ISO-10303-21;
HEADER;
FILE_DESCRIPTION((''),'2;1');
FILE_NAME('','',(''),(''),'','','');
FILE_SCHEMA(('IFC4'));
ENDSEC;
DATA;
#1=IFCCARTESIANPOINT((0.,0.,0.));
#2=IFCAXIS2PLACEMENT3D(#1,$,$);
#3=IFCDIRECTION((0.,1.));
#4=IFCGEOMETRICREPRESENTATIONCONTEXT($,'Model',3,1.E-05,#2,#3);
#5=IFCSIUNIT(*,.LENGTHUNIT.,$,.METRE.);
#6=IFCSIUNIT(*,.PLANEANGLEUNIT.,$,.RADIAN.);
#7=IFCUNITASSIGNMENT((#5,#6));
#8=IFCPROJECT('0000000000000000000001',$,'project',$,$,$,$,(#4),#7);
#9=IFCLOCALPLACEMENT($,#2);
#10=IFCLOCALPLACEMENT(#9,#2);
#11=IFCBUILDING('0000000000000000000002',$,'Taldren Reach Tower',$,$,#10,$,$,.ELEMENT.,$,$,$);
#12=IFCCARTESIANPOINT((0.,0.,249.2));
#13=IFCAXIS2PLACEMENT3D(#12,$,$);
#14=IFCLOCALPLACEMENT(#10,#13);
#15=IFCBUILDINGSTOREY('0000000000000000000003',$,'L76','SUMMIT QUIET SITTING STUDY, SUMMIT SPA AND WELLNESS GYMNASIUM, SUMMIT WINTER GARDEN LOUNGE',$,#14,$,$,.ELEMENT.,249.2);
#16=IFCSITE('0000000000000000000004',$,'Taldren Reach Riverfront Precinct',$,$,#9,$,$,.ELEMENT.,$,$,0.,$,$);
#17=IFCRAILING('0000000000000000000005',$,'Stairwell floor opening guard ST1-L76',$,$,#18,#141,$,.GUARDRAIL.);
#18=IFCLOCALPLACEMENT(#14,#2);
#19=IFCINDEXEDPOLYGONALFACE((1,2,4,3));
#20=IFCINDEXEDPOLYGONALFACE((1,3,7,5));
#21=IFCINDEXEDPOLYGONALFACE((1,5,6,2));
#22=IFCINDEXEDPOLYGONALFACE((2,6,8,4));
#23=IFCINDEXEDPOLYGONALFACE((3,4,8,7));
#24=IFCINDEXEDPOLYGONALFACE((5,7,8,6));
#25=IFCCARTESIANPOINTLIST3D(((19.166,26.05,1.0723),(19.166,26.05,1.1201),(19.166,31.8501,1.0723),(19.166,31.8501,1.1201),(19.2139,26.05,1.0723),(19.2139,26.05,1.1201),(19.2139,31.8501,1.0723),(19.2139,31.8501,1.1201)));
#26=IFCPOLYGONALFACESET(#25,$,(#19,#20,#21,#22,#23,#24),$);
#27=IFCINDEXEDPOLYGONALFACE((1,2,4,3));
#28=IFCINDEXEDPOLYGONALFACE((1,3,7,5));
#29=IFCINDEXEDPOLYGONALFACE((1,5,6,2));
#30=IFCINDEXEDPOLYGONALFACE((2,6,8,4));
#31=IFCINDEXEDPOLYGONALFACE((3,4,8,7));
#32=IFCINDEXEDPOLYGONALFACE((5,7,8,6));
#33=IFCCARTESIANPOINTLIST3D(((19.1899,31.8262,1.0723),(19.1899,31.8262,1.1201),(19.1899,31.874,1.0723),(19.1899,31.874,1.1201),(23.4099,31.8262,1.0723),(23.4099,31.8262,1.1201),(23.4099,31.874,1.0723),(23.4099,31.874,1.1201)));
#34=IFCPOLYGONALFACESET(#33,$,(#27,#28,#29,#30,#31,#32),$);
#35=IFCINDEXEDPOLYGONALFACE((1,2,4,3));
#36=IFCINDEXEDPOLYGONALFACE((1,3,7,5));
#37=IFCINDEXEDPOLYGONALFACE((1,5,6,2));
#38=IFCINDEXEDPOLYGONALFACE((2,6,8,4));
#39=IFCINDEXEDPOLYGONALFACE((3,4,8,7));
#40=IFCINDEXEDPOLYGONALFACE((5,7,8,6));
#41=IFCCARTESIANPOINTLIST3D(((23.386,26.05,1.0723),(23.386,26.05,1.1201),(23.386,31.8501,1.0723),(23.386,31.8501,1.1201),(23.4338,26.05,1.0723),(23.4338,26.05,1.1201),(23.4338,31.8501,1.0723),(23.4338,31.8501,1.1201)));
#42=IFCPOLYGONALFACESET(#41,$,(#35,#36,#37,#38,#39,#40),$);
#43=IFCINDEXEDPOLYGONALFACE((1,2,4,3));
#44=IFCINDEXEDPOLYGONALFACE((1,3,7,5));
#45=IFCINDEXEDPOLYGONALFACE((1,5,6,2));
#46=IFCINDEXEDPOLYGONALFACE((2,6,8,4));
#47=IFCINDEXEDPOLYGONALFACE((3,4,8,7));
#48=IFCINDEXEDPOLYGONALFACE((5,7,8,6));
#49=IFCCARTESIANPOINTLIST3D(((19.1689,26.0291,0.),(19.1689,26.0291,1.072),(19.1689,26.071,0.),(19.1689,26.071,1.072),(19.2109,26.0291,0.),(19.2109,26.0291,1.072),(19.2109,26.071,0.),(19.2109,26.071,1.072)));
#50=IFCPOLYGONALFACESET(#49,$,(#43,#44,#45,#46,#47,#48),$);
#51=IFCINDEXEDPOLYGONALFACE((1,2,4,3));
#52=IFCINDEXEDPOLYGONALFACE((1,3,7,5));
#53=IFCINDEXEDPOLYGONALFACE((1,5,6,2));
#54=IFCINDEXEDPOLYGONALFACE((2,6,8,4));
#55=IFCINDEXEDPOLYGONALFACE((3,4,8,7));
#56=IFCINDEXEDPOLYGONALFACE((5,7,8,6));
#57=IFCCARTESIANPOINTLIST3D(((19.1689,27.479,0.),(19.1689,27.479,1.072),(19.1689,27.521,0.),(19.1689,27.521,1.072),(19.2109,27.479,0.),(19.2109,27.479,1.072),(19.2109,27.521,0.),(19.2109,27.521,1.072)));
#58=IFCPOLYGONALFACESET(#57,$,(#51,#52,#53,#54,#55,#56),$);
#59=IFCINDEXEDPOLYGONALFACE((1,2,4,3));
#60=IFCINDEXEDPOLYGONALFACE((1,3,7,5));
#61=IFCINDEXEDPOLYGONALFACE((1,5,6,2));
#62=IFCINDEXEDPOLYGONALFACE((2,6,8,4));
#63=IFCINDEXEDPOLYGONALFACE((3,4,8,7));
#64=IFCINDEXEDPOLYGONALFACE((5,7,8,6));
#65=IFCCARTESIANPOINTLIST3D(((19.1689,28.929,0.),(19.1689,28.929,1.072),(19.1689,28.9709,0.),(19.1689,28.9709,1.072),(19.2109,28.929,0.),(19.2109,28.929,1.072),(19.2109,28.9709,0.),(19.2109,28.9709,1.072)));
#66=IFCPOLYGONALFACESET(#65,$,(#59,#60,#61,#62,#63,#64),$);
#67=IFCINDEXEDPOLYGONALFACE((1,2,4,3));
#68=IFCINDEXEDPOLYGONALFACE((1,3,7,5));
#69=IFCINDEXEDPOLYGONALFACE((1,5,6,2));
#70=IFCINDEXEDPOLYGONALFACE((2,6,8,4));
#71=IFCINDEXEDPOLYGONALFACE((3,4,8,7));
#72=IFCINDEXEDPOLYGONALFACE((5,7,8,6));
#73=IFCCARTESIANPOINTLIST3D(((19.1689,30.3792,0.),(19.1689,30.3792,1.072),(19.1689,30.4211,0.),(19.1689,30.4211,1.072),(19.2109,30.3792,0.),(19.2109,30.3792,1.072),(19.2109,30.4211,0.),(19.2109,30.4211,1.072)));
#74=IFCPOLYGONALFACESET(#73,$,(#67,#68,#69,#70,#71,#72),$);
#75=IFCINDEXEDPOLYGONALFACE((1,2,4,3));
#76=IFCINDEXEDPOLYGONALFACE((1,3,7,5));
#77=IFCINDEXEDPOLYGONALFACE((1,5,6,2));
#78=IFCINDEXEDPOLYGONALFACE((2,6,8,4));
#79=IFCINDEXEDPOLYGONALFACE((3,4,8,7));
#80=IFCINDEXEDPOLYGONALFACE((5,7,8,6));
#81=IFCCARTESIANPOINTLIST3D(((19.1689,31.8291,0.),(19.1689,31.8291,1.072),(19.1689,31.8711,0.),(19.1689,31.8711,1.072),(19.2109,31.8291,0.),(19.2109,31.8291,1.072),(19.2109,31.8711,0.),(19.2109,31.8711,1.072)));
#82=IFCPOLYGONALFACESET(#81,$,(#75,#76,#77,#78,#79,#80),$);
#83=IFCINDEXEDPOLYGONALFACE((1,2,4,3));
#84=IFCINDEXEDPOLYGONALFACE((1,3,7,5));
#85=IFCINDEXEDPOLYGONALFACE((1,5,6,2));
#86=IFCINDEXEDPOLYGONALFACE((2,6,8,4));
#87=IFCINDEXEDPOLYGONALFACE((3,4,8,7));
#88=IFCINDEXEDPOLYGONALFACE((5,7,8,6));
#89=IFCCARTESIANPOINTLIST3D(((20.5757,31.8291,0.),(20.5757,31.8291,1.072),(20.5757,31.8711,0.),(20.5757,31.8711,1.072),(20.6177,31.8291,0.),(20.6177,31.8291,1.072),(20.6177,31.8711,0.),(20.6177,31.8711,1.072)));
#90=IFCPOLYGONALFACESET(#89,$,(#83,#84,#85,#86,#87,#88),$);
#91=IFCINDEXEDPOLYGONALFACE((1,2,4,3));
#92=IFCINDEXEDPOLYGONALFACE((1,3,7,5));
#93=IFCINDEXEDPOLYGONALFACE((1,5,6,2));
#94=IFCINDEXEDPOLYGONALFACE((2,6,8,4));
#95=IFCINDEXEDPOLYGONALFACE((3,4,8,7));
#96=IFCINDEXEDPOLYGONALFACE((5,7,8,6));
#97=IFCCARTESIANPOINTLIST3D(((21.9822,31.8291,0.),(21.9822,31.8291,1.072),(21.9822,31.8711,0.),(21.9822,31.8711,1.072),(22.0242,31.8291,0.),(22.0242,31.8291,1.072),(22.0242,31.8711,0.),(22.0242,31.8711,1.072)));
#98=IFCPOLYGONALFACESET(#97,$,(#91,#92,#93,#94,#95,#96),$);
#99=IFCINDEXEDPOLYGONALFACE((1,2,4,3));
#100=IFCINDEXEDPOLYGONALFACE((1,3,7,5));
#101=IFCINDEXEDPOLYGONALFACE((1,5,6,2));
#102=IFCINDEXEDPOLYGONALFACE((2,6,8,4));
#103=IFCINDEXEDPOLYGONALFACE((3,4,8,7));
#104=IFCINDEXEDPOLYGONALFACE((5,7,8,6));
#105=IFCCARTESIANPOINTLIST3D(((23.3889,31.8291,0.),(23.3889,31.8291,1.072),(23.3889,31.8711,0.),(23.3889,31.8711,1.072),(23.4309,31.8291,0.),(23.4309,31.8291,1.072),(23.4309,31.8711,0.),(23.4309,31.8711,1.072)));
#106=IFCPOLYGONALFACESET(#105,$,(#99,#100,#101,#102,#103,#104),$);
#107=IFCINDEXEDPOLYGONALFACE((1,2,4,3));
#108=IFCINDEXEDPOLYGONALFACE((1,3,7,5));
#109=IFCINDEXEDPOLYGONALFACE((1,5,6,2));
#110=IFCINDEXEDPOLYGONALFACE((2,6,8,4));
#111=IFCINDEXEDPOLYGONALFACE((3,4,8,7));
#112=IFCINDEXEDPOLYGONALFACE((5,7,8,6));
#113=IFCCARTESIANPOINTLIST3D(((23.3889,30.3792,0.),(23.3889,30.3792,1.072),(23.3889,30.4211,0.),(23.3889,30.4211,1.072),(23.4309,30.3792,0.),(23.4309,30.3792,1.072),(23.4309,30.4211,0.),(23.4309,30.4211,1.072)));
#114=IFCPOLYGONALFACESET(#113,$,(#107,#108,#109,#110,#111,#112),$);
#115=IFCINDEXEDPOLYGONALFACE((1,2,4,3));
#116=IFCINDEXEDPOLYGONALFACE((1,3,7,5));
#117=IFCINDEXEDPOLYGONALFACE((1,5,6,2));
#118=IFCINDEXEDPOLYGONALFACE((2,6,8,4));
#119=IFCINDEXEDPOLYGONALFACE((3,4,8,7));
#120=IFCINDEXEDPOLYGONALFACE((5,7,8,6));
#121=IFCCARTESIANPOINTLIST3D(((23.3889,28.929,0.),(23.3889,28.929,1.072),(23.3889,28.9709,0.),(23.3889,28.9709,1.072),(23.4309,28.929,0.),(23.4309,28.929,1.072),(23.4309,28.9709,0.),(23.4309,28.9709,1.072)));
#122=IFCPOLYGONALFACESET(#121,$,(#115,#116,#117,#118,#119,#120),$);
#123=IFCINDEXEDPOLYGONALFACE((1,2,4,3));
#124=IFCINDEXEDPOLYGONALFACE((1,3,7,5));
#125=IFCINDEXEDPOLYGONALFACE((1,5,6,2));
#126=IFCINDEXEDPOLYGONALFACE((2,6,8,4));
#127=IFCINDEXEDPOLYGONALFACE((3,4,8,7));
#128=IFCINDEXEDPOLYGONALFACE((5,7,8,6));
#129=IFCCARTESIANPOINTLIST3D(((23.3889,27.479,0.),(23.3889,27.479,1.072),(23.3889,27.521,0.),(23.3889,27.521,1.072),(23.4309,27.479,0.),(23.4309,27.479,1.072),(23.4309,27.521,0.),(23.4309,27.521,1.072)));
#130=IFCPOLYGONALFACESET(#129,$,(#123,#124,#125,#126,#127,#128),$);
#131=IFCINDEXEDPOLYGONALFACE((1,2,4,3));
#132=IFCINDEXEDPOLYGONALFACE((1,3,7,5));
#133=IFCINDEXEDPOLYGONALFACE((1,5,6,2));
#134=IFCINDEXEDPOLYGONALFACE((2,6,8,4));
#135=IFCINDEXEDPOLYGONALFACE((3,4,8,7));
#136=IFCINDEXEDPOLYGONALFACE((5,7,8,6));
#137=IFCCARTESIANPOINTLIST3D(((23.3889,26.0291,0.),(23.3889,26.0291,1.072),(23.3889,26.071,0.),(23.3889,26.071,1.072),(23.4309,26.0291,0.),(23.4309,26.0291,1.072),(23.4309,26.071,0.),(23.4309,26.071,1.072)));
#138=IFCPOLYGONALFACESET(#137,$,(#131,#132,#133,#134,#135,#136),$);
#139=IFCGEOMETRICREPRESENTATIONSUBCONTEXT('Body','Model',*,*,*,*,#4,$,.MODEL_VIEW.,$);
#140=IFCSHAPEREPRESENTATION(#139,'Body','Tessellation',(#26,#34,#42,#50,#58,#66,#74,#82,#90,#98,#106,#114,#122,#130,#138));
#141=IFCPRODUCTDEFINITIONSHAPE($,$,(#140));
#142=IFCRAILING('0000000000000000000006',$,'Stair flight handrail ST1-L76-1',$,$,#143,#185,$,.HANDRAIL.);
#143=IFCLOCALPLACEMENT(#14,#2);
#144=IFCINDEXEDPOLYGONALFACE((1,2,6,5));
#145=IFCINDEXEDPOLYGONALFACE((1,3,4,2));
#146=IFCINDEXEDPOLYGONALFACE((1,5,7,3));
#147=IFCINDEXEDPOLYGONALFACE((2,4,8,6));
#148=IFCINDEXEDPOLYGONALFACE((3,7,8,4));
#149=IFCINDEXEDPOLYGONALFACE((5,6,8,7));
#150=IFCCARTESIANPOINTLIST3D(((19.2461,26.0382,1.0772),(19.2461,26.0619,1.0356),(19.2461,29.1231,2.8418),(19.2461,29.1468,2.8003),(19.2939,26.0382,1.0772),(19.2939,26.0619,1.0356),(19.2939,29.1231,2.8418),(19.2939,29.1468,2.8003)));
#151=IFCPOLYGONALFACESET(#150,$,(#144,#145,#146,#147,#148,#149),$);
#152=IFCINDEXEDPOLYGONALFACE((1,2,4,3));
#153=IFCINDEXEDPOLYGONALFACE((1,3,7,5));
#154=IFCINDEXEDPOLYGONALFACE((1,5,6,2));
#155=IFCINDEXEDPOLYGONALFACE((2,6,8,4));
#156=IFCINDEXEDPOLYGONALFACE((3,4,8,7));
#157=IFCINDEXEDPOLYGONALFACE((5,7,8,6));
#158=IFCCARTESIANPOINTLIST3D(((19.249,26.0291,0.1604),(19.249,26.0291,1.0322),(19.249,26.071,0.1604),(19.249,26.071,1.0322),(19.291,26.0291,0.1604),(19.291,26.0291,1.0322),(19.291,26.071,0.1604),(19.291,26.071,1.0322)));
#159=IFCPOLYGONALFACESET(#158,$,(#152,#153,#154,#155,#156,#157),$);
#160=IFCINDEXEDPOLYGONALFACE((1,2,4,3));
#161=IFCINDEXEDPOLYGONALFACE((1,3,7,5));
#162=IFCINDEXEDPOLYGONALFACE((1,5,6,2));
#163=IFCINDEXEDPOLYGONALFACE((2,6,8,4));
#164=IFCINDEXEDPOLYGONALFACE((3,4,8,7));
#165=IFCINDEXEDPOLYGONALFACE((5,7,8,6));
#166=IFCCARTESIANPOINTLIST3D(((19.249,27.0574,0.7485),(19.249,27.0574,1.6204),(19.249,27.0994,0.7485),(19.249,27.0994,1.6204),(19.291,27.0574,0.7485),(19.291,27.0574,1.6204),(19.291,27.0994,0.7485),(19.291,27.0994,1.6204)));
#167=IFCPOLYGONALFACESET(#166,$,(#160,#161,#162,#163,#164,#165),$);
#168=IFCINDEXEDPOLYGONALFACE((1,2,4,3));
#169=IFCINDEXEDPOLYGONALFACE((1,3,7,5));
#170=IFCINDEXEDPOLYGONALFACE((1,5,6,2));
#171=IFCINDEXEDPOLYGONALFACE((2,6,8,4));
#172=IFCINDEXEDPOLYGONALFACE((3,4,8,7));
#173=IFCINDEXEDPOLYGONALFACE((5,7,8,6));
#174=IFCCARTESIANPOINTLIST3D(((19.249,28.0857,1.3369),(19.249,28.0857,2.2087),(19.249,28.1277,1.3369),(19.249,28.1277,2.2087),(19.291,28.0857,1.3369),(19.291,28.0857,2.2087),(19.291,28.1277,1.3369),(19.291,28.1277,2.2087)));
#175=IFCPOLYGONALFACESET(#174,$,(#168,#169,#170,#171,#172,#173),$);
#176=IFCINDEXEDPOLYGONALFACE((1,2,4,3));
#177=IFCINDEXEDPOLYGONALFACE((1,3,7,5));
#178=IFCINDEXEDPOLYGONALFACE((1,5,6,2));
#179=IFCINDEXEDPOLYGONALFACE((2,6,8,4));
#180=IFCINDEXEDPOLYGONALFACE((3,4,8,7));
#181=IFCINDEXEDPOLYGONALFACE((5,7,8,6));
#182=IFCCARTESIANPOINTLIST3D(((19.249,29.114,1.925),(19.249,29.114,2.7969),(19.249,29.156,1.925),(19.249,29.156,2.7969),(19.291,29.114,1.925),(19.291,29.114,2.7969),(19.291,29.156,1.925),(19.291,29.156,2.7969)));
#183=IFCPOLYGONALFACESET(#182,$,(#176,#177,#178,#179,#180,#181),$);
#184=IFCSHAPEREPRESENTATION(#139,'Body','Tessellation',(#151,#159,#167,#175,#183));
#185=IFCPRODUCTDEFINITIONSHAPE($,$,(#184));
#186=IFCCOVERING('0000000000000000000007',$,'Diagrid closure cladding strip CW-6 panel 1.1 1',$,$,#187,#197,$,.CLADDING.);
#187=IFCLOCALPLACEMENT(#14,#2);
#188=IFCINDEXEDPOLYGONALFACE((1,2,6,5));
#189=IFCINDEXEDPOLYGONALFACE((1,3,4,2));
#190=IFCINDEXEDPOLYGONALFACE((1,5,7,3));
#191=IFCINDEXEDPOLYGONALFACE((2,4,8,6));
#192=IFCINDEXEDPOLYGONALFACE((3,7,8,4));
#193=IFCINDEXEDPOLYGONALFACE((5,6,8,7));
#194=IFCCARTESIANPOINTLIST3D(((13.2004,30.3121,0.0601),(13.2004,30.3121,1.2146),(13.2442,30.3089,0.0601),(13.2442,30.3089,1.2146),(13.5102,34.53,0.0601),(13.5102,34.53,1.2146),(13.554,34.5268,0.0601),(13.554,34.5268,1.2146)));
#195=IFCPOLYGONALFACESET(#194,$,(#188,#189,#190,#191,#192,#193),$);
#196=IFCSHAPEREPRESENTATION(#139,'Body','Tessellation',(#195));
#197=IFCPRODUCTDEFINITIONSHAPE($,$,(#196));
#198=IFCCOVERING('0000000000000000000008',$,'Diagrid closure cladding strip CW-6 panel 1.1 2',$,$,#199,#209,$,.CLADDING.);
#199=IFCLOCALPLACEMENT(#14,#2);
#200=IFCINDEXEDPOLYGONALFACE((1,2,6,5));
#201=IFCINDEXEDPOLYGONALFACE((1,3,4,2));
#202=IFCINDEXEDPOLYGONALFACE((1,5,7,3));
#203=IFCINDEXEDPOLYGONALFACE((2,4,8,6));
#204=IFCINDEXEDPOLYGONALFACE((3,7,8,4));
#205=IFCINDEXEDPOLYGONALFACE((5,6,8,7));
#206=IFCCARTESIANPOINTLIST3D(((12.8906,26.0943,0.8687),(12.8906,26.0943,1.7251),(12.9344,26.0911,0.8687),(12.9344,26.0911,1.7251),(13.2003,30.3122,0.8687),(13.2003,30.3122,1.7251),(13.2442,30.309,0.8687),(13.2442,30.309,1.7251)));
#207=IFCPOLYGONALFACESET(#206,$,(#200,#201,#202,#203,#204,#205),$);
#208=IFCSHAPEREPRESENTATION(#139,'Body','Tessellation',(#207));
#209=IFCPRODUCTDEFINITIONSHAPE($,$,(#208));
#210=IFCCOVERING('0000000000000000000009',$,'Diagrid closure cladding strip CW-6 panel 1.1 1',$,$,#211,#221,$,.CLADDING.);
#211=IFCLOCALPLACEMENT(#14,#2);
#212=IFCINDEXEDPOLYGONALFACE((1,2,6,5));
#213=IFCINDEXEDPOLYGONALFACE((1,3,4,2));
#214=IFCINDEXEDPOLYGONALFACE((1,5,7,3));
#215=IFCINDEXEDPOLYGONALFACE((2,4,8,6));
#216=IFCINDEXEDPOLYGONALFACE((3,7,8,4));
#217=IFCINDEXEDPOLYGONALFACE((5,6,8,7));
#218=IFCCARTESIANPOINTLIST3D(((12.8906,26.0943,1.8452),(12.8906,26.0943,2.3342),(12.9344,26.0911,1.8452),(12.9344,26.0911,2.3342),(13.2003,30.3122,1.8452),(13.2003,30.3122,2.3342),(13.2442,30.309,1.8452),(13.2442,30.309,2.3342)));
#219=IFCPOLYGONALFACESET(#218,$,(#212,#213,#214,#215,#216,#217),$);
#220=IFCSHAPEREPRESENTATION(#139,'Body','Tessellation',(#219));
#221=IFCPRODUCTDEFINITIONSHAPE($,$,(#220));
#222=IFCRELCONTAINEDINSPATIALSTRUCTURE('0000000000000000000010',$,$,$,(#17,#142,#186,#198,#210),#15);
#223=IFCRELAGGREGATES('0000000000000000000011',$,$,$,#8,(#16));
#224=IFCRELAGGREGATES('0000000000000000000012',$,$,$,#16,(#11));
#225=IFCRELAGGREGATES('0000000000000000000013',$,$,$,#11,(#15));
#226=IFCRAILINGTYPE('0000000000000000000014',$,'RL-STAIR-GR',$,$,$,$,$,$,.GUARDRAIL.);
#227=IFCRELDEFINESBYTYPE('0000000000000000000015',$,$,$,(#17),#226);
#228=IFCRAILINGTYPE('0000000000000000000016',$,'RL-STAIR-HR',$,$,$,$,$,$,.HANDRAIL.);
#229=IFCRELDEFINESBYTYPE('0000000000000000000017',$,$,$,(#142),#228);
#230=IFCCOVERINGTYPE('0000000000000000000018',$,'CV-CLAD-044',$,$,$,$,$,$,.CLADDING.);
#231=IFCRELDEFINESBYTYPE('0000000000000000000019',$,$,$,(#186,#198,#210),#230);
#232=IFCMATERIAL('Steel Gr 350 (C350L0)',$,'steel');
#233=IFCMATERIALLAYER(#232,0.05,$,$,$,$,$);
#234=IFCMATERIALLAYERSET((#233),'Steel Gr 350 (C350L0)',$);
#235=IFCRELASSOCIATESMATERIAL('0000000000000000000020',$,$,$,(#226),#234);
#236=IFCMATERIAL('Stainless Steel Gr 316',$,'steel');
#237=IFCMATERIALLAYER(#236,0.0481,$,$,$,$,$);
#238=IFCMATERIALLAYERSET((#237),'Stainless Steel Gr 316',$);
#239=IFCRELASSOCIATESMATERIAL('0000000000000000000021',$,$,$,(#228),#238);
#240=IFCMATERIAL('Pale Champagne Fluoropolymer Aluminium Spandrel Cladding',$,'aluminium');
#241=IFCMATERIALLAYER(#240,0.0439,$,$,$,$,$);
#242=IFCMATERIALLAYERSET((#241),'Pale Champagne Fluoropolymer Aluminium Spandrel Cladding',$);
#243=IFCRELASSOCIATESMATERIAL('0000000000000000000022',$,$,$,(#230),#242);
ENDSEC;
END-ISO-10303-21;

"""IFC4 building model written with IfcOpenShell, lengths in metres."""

from ifc_helpers import new_model, si_unit, direction, frame, origin, origin_2d, place, context, subcontext, project, spatial, rectangle, extrude, source, transform, mapped, material, layer, layer_set, type_object, element, save


model = new_model("IFC4")

# Units and contexts
model_context = context("Model", 3, precision=1e-05, world=origin(), true_north=direction((0.0, 1.0)))
body_context = subcontext(model_context, "Body", "Model", "MODEL_VIEW")
ifc_project = project(units=[si_unit("LENGTHUNIT", "METRE"), si_unit("PLANEANGLEUNIT", "RADIAN")], contexts=[model_context])

# Site, building, storey
site_placement = place(None, origin())
site = spatial("IfcSite", under=ifc_project, at=site_placement, Name="Taldren Reach Riverfront Precinct", CompositionType="ELEMENT", RefElevation=0.0)
building_placement = place(site_placement, origin())
building = spatial("IfcBuilding", under=site, at=building_placement, Name="Taldren Reach Tower", CompositionType="ELEMENT")
storey_placement = place(building_placement, frame((0.0, 0.0, 249.2)))
storey = spatial("IfcBuildingStorey", under=building, at=storey_placement, Name="L76", Description="SUMMIT QUIET SITTING STUDY, SUMMIT SPA AND WELLNESS GYMNASIUM, SUMMIT WINTER GARDEN LOUNGE", CompositionType="ELEMENT", Elevation=249.2)

# Shared definitions
ifc_material_1 = material(Name="Steel Gr 350 (C350L0)", Category="steel")

# Railings
ifc_layer_1 = layer(ifc_material_1, 0.05)
ifc_layer_set_1 = layer_set([ifc_layer_1], Name="Steel Gr 350 (C350L0)")
railing_type_1 = type_object("IfcRailingType", Name="RL-STAIR-GR", PredefinedType="GUARDRAIL", material=ifc_layer_set_1)
railing_1_placement = place(storey_placement, frame((19.1899, 26.05, 0.0)))
element("IfcRailing", 1, at=railing_1_placement, inside=storey, type_object=railing_type_1, Name="Stairwell floor opening guard ST1-L76", PredefinedType="GUARDRAIL", context=body_context, shape_type="SweptSolid", body=[
    extrude(rectangle(XDim=0.0479, YDim=0.0479, at=origin_2d()), frame((0.0, 0.0, 1.0962), z_axis=(0.0, 1.0, 0.0), x_axis=(-1.0, 0.0, 0.0)), (0.0, 0.0, 1.0), 5.8),
    extrude(rectangle(XDim=0.0479, YDim=0.0479, at=origin_2d()), frame((0.0, 5.8, 1.0962), z_axis=(1.0, 0.0, 0.0), x_axis=(0.0, 1.0, 0.0)), (0.0, 0.0, 1.0), 4.22),
    extrude(rectangle(XDim=0.0479, YDim=0.0479, at=origin_2d()), frame((4.22, 5.8, 1.0962), z_axis=(0.0, -1.0, 0.0), x_axis=(1.0, 0.0, 0.0)), (0.0, 0.0, 1.0), 5.8),
    extrude(rectangle(XDim=0.042, YDim=0.042, at=origin_2d()), origin(), (0.0, 0.0, 1.0), 1.072),
    extrude(rectangle(XDim=0.042, YDim=0.042, at=origin_2d()), frame((0.0, 1.45, 0.0)), (0.0, 0.0, 1.0), 1.072),
    extrude(rectangle(XDim=0.042, YDim=0.042, at=origin_2d()), frame((0.0, 2.8999, 0.0)), (0.0, 0.0, 1.0), 1.072),
    extrude(rectangle(XDim=0.042, YDim=0.042, at=origin_2d()), frame((0.0, 4.3501, 0.0)), (0.0, 0.0, 1.0), 1.072),
    extrude(rectangle(XDim=0.042, YDim=0.042, at=origin_2d()), frame((0.0, 5.8, 0.0)), (0.0, 0.0, 1.0), 1.072),
    extrude(rectangle(XDim=0.042, YDim=0.042, at=origin_2d()), frame((1.4067, 5.8, 0.0)), (0.0, 0.0, 1.0), 1.072),
    extrude(rectangle(XDim=0.042, YDim=0.042, at=origin_2d()), frame((2.8132, 5.8, 0.0)), (0.0, 0.0, 1.0), 1.072),
    extrude(rectangle(XDim=0.042, YDim=0.042, at=origin_2d()), frame((4.22, 5.8, 0.0)), (0.0, 0.0, 1.0), 1.072),
    extrude(rectangle(XDim=0.042, YDim=0.042, at=origin_2d()), frame((4.22, 4.3501, 0.0)), (0.0, 0.0, 1.0), 1.072),
    extrude(rectangle(XDim=0.042, YDim=0.042, at=origin_2d()), frame((4.22, 2.8999, 0.0)), (0.0, 0.0, 1.0), 1.072),
    extrude(rectangle(XDim=0.042, YDim=0.042, at=origin_2d()), frame((4.22, 1.45, 0.0)), (0.0, 0.0, 1.0), 1.072),
    extrude(rectangle(XDim=0.042, YDim=0.042, at=origin_2d()), frame((4.22, 0.0, 0.0)), (0.0, 0.0, 1.0), 1.072),
])
ifc_material_2 = material(Name="Stainless Steel Gr 316", Category="steel")
ifc_layer_2 = layer(ifc_material_2, 0.0481)
ifc_layer_set_2 = layer_set([ifc_layer_2], Name="Stainless Steel Gr 316")
railing_type_2 = type_object("IfcRailingType", Name="RL-STAIR-HR", PredefinedType="HANDRAIL", material=ifc_layer_set_2)
railing_2_placement = place(storey_placement, frame((19.27, 26.05, 0.1604)))
element("IfcRailing", 2, at=railing_2_placement, inside=storey, type_object=railing_type_2, Name="Stair flight handrail ST1-L76-1", PredefinedType="HANDRAIL", context=body_context, shape_type="SweptSolid", body=[
    extrude(rectangle(XDim=0.0479, YDim=0.0479, at=origin_2d()), frame((0.0, 0.0, 0.896), z_axis=(0.0, 0.868023, 0.496524), x_axis=(-1.0, 0.0, 0.0)), (0.0, 0.0, 1.0), 3.554),
    extrude(rectangle(XDim=0.042, YDim=0.042, at=origin_2d()), origin(), (0.0, 0.0, 1.0), 0.8718),
    extrude(rectangle(XDim=0.042, YDim=0.042, at=origin_2d()), frame((0.0, 1.0283, 0.5881)), (0.0, 0.0, 1.0), 0.8718),
    extrude(rectangle(XDim=0.042, YDim=0.042, at=origin_2d()), frame((0.0, 2.0566, 1.1765)), (0.0, 0.0, 1.0), 0.8718),
    extrude(rectangle(XDim=0.042, YDim=0.042, at=origin_2d()), frame((0.0, 3.085, 1.7646)), (0.0, 0.0, 1.0), 0.8718),
])

# Coverings
ifc_material_3 = material(Name="Pale Champagne Fluoropolymer Aluminium Spandrel Cladding", Category="aluminium")
ifc_layer_3 = layer(ifc_material_3, 0.0439)
ifc_layer_set_3 = layer_set([ifc_layer_3], Name="Pale Champagne Fluoropolymer Aluminium Spandrel Cladding")
covering_type = type_object("IfcCoveringType", Name="CV-CLAD-044", PredefinedType="CLADDING", material=ifc_layer_set_3)
shared_shape_1 = source(origin(), body_context, "Body", "SweptSolid", [
    extrude(rectangle(XDim=4.2292, YDim=0.0439, at=origin_2d()), origin(), (0.0, 0.0, 1.0), 1.1545),
])
covering_1_placement = place(storey_placement, frame((13.3772, 32.4194, 0.0601), z_axis=(0.0, 0.0, 1.0), x_axis=(-0.073238, -0.997314, 0.0)))
element("IfcCovering", 3, at=covering_1_placement, inside=storey, type_object=covering_type, Name="Diagrid closure cladding strip CW-6 panel 1.1 1", PredefinedType="CLADDING", context=body_context, shape_type="MappedRepresentation", body=[
    mapped(shared_shape_1, transform((0.0, 0.0, 0.0), scale=1.0)),
])
shared_shape_2 = source(origin(), body_context, "Body", "SweptSolid", [
    extrude(rectangle(XDim=4.2292, YDim=0.0439, at=origin_2d()), origin(), (0.0, 0.0, 1.0), 0.8564),
])
covering_2_placement = place(storey_placement, frame((13.0674, 28.2017, 0.8687), z_axis=(0.0, 0.0, 1.0), x_axis=(-0.073238, -0.997314, 0.0)))
element("IfcCovering", 4, at=covering_2_placement, inside=storey, type_object=covering_type, Name="Diagrid closure cladding strip CW-6 panel 1.1 2", PredefinedType="CLADDING", context=body_context, shape_type="MappedRepresentation", body=[
    mapped(shared_shape_2, transform((0.0, 0.0, 0.0), scale=1.0)),
])
shared_shape_3 = source(origin(), body_context, "Body", "SweptSolid", [
    extrude(rectangle(XDim=4.2292, YDim=0.0439, at=origin_2d()), origin(), (0.0, 0.0, 1.0), 0.489),
])
covering_3_placement = place(storey_placement, frame((13.0674, 28.2017, 1.8452), z_axis=(0.0, 0.0, 1.0), x_axis=(-0.073238, -0.997314, 0.0)))
element("IfcCovering", 5, at=covering_3_placement, inside=storey, type_object=covering_type, Name="Diagrid closure cladding strip CW-6 panel 1.1 1", PredefinedType="CLADDING", context=body_context, shape_type="MappedRepresentation", body=[
    mapped(shared_shape_3, transform((0.0, 0.0, 0.0), scale=1.0)),
])

save(model, "model.ifc")
